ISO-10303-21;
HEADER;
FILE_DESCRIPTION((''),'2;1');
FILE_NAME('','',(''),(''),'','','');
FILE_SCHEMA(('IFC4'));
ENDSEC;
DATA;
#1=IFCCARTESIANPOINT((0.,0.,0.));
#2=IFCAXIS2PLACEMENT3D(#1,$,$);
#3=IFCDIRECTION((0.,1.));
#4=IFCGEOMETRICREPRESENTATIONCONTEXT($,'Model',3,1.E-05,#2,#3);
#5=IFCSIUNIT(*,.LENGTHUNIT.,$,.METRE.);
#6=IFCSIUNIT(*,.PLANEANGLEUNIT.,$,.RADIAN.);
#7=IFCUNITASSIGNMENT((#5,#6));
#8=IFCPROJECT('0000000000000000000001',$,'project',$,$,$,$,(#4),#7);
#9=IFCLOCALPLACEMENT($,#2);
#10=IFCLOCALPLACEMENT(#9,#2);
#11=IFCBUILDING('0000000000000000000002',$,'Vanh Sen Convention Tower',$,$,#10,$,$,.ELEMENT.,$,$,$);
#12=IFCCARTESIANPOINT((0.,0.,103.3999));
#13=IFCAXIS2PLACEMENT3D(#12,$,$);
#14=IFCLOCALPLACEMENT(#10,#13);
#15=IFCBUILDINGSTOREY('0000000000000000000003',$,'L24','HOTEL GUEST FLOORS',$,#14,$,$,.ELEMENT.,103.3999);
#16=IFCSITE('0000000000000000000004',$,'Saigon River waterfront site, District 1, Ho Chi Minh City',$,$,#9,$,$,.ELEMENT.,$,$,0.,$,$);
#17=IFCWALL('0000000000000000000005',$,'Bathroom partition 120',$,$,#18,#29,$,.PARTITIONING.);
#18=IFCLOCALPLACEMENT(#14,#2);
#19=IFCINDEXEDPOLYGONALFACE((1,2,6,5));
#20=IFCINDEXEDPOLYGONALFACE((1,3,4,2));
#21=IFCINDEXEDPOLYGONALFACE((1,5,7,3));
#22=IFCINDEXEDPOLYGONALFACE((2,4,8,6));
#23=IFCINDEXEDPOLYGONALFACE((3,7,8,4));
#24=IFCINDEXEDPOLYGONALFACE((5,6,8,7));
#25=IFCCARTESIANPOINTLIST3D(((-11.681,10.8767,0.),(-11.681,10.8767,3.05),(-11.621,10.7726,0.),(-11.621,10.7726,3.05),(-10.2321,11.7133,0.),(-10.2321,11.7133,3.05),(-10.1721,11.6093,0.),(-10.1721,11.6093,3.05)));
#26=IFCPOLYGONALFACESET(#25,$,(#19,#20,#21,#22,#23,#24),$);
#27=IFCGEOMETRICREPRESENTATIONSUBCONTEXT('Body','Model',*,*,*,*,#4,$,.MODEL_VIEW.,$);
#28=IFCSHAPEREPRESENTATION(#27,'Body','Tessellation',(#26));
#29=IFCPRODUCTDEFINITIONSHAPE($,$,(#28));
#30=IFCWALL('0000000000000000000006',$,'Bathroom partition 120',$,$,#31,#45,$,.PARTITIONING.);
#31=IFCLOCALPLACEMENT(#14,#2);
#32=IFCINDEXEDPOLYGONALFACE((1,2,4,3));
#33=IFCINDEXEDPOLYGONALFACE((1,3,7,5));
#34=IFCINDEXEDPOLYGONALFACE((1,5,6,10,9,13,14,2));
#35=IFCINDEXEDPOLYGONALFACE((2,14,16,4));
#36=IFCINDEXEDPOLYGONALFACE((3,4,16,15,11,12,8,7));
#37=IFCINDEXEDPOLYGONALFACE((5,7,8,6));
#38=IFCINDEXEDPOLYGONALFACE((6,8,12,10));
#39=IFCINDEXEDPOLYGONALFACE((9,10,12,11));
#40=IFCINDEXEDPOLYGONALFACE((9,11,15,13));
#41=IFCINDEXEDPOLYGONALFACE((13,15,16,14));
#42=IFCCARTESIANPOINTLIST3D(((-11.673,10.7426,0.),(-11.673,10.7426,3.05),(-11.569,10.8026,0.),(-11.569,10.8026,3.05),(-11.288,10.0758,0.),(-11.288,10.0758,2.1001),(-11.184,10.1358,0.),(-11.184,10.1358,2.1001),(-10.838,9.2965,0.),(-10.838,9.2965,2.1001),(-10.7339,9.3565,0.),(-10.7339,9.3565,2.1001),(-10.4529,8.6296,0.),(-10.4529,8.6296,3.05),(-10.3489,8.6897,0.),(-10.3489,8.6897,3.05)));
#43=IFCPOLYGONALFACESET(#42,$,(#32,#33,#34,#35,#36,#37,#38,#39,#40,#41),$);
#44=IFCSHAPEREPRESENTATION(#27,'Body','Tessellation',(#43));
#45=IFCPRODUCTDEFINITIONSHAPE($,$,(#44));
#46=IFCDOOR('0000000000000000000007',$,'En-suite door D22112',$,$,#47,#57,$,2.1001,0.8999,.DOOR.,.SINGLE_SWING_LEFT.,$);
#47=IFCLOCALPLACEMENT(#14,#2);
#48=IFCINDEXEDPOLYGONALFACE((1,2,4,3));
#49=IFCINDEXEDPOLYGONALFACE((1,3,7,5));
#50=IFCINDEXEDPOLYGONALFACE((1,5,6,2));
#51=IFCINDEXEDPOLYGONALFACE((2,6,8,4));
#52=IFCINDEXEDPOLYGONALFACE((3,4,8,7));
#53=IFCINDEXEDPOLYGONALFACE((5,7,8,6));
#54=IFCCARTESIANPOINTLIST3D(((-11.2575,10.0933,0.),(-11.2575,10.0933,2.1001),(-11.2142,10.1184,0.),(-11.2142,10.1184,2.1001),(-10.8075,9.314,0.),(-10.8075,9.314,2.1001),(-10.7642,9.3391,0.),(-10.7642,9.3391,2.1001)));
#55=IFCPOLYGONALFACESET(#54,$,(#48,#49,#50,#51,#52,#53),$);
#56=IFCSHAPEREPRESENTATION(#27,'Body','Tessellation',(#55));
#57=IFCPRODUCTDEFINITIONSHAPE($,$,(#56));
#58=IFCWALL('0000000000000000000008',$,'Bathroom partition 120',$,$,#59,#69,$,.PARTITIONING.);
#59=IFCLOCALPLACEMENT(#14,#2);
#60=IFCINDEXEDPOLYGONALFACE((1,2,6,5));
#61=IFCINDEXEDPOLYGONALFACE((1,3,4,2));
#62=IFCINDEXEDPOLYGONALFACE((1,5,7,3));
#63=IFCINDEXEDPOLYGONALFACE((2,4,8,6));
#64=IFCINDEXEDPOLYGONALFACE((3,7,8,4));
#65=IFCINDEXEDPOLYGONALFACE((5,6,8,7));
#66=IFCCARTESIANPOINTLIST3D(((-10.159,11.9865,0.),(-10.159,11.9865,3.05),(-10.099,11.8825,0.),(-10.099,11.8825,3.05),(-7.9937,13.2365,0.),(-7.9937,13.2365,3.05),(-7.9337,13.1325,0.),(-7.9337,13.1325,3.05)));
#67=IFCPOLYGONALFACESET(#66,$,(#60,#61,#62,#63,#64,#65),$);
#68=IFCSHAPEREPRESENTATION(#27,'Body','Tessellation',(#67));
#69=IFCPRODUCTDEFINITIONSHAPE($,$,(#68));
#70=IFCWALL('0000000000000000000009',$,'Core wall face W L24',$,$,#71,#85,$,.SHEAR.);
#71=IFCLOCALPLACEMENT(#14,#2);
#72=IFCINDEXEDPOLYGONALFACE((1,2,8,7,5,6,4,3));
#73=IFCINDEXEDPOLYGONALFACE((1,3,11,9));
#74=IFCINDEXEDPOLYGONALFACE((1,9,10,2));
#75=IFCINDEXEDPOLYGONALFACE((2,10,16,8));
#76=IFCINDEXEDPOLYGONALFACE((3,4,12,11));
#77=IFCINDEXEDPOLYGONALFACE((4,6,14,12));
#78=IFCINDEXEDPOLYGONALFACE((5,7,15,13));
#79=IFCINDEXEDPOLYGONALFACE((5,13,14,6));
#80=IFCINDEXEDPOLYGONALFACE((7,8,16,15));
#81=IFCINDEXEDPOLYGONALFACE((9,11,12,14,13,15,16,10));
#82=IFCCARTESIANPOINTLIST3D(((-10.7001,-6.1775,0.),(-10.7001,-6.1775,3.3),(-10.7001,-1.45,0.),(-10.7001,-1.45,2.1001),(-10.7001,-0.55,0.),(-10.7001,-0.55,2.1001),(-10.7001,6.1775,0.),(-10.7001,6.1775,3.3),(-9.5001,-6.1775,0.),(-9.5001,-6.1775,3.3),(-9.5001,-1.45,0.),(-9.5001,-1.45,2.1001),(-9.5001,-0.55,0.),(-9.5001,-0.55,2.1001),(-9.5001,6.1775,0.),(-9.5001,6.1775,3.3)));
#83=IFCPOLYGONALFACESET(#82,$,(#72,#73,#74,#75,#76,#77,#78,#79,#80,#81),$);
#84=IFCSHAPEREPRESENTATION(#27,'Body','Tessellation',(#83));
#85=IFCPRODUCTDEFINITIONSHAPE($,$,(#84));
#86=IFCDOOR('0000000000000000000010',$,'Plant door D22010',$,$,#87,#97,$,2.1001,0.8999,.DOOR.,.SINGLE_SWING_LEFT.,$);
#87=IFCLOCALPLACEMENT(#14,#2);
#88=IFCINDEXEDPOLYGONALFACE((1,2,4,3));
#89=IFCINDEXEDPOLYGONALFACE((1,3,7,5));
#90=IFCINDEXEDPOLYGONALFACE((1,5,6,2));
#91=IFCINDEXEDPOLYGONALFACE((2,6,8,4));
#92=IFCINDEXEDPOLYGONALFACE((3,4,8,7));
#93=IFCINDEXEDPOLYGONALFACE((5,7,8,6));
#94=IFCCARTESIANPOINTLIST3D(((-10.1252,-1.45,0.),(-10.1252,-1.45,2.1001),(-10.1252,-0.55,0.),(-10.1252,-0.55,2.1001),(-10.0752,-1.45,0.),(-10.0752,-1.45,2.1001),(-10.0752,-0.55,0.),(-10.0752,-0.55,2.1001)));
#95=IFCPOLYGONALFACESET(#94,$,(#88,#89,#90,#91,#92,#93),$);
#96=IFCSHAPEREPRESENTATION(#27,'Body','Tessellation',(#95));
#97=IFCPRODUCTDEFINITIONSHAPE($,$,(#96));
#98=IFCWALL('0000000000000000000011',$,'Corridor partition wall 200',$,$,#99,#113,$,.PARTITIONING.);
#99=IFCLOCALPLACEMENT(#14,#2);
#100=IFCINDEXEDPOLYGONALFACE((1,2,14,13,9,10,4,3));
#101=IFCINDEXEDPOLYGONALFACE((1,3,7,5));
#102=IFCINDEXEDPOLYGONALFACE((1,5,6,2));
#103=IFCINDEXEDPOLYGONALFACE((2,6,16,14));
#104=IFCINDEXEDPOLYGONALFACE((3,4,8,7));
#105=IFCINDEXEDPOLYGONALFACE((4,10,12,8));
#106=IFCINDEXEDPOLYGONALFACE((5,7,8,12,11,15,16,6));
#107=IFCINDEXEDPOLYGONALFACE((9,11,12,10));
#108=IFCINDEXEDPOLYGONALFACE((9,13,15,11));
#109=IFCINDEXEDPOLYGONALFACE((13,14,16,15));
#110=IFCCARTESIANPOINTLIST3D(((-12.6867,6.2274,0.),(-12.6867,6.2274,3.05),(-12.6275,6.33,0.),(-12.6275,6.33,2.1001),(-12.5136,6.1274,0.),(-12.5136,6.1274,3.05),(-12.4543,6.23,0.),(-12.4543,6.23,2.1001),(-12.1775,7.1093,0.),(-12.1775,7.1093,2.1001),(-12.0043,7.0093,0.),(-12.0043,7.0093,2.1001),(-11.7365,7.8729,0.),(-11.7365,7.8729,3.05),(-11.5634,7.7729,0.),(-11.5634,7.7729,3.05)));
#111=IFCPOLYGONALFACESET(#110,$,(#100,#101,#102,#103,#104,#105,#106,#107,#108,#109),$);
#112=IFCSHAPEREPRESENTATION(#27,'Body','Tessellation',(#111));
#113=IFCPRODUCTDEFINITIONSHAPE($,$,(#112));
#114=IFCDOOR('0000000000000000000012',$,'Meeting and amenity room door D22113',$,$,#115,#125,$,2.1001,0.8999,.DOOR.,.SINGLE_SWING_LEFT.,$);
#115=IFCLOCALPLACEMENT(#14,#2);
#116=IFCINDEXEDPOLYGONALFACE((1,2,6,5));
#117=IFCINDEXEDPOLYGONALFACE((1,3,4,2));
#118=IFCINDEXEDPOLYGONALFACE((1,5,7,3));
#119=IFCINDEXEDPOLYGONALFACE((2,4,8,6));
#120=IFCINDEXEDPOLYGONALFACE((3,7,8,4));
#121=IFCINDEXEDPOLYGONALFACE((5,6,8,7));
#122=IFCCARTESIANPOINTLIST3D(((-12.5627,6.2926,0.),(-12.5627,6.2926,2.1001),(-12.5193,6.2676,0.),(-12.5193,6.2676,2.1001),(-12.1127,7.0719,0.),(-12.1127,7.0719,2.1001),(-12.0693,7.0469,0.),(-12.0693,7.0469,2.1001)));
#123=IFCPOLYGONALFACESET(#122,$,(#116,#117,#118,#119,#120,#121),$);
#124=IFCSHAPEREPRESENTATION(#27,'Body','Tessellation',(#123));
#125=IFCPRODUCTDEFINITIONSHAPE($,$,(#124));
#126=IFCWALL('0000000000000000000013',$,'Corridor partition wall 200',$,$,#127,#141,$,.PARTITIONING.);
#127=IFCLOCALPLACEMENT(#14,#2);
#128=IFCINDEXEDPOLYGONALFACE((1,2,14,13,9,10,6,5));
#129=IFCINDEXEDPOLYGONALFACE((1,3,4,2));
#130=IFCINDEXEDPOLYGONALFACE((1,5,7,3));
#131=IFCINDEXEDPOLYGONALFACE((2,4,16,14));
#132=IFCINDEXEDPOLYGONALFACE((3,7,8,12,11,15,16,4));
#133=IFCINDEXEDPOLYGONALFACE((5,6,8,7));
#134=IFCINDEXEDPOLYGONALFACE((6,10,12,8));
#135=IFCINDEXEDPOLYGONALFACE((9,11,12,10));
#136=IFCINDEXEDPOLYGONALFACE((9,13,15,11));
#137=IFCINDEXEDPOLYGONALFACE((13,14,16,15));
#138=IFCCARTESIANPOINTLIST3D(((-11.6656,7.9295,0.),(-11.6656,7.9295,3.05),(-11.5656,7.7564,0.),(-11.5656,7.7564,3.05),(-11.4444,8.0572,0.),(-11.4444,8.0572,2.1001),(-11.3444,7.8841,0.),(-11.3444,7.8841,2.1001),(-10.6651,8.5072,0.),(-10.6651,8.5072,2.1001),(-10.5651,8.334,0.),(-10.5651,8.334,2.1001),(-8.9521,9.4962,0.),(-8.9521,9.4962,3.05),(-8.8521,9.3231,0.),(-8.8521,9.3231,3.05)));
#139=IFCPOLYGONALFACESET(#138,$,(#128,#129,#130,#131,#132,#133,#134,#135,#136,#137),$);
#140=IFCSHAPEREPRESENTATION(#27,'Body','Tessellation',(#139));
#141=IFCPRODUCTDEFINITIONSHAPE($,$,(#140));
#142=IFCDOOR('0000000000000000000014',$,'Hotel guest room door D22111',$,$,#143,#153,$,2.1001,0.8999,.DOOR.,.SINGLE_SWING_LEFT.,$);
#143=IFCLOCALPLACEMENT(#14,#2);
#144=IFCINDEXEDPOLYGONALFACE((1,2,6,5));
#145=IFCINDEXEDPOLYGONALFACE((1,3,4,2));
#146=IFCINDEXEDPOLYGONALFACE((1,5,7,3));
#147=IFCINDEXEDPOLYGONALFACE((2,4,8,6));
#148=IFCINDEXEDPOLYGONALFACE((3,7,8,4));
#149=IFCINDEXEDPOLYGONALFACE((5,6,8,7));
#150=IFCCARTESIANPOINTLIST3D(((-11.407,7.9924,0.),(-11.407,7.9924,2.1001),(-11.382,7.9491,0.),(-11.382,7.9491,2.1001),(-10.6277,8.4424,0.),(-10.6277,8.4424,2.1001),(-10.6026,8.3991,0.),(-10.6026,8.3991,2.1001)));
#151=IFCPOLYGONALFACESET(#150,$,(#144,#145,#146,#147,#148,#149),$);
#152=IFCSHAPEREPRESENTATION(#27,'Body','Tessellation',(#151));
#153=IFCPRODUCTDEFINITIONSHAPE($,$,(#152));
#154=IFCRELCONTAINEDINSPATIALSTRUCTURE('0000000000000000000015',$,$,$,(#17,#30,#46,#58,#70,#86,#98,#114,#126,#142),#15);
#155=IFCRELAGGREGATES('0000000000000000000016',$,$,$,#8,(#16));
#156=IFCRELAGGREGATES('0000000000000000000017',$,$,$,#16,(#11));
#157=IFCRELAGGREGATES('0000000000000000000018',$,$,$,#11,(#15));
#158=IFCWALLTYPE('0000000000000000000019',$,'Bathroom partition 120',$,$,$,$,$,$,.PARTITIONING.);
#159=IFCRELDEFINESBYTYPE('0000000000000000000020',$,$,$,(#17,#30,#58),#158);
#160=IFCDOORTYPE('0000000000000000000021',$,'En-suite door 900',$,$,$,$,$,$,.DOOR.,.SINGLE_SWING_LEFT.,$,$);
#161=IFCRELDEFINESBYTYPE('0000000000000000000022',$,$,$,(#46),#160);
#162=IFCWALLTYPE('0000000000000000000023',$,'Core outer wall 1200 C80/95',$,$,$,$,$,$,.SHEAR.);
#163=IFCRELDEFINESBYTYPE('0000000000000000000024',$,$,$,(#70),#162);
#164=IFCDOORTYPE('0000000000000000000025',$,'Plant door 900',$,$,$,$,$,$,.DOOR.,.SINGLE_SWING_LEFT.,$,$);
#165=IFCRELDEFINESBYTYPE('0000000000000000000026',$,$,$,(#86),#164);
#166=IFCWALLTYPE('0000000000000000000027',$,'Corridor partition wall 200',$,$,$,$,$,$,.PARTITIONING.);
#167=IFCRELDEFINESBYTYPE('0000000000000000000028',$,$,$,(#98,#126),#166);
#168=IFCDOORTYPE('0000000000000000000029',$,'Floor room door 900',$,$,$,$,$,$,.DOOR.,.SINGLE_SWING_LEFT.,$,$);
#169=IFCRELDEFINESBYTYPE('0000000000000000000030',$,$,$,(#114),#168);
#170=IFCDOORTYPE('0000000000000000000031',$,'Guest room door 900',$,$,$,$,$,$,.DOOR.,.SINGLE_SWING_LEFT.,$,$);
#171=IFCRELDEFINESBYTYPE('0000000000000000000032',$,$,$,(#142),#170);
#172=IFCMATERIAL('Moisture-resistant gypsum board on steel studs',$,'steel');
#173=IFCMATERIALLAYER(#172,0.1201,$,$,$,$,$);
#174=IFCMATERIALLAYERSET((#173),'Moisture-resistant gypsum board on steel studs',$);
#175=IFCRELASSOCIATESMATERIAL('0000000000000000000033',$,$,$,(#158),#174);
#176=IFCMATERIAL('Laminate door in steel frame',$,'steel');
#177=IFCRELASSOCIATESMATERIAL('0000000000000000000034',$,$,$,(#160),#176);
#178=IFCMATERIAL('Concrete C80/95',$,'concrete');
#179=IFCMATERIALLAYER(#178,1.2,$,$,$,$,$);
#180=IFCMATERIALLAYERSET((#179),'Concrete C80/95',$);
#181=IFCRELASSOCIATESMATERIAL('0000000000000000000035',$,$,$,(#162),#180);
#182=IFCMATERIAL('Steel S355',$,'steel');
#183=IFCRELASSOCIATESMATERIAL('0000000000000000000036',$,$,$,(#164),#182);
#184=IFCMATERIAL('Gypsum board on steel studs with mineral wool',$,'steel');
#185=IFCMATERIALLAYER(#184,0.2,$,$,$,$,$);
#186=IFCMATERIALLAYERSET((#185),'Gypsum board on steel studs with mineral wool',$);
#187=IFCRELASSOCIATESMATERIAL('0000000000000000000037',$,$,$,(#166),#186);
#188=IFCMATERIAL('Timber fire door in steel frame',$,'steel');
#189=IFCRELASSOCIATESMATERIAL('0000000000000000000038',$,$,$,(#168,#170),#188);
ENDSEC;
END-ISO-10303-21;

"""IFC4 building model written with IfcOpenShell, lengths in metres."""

from ifc_helpers import new_model, si_unit, direction, frame, frame_2d, origin, place, context, subcontext, project, spatial, rectangle, extrude, material, layer, layer_set, type_object, element, fill, save


model = new_model("IFC4")

# Units and contexts
model_context = context("Model", 3, precision=1e-05, world=origin(), true_north=direction((0.0, 1.0)))
body_context = subcontext(model_context, "Body", "Model", "MODEL_VIEW")
ifc_project = project(units=[si_unit("LENGTHUNIT", "METRE"), si_unit("PLANEANGLEUNIT", "RADIAN")], contexts=[model_context])

# Site, building, storey
site_placement = place(None, origin())
site = spatial("IfcSite", under=ifc_project, at=site_placement, Name="Saigon River waterfront site, District 1, Ho Chi Minh City", CompositionType="ELEMENT", RefElevation=0.0)
building_placement = place(site_placement, origin())
building = spatial("IfcBuilding", under=site, at=building_placement, Name="Vanh Sen Convention Tower", CompositionType="ELEMENT")
storey_placement = place(building_placement, frame((0.0, 0.0, 103.3999)))
storey = spatial("IfcBuildingStorey", under=building, at=storey_placement, Name="L24", Description="HOTEL GUEST FLOORS", CompositionType="ELEMENT", Elevation=103.3999)

# Wall
ifc_material_1 = material(Name="Moisture-resistant gypsum board on steel studs", Category="steel")
ifc_layer_1 = layer(ifc_material_1, 0.1201)
ifc_layer_set_1 = layer_set([ifc_layer_1], Name="Moisture-resistant gypsum board on steel studs")
wall_type_1 = type_object("IfcWallType", Name="Bathroom partition 120", PredefinedType="PARTITIONING", material=ifc_layer_set_1)
wall_1_placement = place(storey_placement, frame((-11.6509, 10.8247, 0.0), z_axis=(0.0, 0.0, 1.0), x_axis=(0.865998, 0.500047, 0.0)))
element("IfcWall", 1, at=wall_1_placement, inside=storey, type_object=wall_type_1, Name="Bathroom partition 120", PredefinedType="PARTITIONING", context=body_context, shape_type="SweptSolid", body=[
    extrude(rectangle(XDim=1.6731, YDim=0.1201, at=frame_2d((0.8364, 0.0))), origin(), (0.0, 0.0, 1.0), 3.05),
])

# Wall, opening, door
wall_2_placement = place(storey_placement, frame((-10.4009, 8.6597, 0.0), z_axis=(0.0, 0.0, 1.0), x_axis=(-0.500078, 0.865981, 0.0)))
wall_2 = element("IfcWall", 2, at=wall_2_placement, inside=storey, type_object=wall_type_1, Name="Bathroom partition 120", PredefinedType="PARTITIONING", context=body_context, shape_type="SweptSolid", body=[
    extrude(rectangle(XDim=2.4399, YDim=0.1201, at=frame_2d((1.22, 0.0))), origin(), (0.0, 0.0, 1.0), 3.05),
])
opening_1_placement = place(wall_2_placement, frame((0.77, 0.0, 0.0)))
opening_1 = element("IfcOpeningElement", 3, at=opening_1_placement, cuts=wall_2, PredefinedType="OPENING", context=body_context, shape_type="SweptSolid", body=[
    extrude(rectangle(XDim=0.8999, YDim=2.1001, at=frame_2d((0.45, 1.05))), frame((0.0, 0.0701, 0.0), z_axis=(0.0, -1.0, 0.0), x_axis=(1.0, 0.0, 0.0)), (0.0, 0.0, 1.0), 0.1401),
])
ifc_material_2 = material(Name="Laminate door in steel frame", Category="steel")
door_type_1 = type_object("IfcDoorType", Name="En-suite door 900", OperationType="SINGLE_SWING_LEFT", PredefinedType="DOOR", material=ifc_material_2)
door_1_placement = place(opening_1_placement, origin())
door_1 = element("IfcDoor", 4, at=door_1_placement, inside=storey, type_object=door_type_1, Name="En-suite door D22112", OperationType="SINGLE_SWING_LEFT", OverallHeight=2.1001, OverallWidth=0.8999, PredefinedType="DOOR", context=body_context, shape_type="SweptSolid", body=[
    extrude(rectangle(XDim=0.8999, YDim=2.1001, at=frame_2d((0.45, 1.05))), frame((0.0, 0.0249, 0.0), z_axis=(0.0, -1.0, 0.0), x_axis=(1.0, 0.0, 0.0)), (0.0, 0.0, 1.0), 0.05),
])
fill(opening_1, door_1)

# Wall
wall_3_placement = place(storey_placement, frame((-10.1289, 11.9346, 0.0), z_axis=(0.0, 0.0, 1.0), x_axis=(0.866047, 0.499962, 0.0)))
element("IfcWall", 5, at=wall_3_placement, inside=storey, type_object=wall_type_1, Name="Bathroom partition 120", PredefinedType="PARTITIONING", context=body_context, shape_type="SweptSolid", body=[
    extrude(rectangle(XDim=2.5002, YDim=0.1201, at=frame_2d((1.25, 0.0))), origin(), (0.0, 0.0, 1.0), 3.05),
])

# Walls, openings, doors
ifc_material_3 = material(Name="Concrete C80/95", Category="concrete")
ifc_layer_2 = layer(ifc_material_3, 1.2)
ifc_layer_set_2 = layer_set([ifc_layer_2], Name="Concrete C80/95")
wall_type_2 = type_object("IfcWallType", Name="Core outer wall 1200 C80/95", PredefinedType="SHEAR", material=ifc_layer_set_2)
wall_4_placement = place(storey_placement, frame((-10.1001, 6.1775, 0.0), z_axis=(0.0, 0.0, 1.0), x_axis=(0.0, -1.0, 0.0)))
wall_4 = element("IfcWall", 6, at=wall_4_placement, inside=storey, type_object=wall_type_2, Name="Core wall face W L24", PredefinedType="SHEAR", context=body_context, shape_type="SweptSolid", body=[
    extrude(rectangle(XDim=12.355, YDim=1.2, at=frame_2d((6.1775, 0.0))), origin(), (0.0, 0.0, 1.0), 3.3),
])
opening_2_placement = place(wall_4_placement, frame((6.7275, 0.0, 0.0)))
opening_2 = element("IfcOpeningElement", 7, at=opening_2_placement, cuts=wall_4, PredefinedType="OPENING", context=body_context, shape_type="SweptSolid", body=[
    extrude(rectangle(XDim=0.8999, YDim=2.1001, at=frame_2d((0.45, 1.05))), frame((0.0, 0.6099, 0.0), z_axis=(0.0, -1.0, 0.0), x_axis=(1.0, 0.0, 0.0)), (0.0, 0.0, 1.0), 1.22),
])
ifc_material_4 = material(Name="Steel S355", Category="steel")
door_type_2 = type_object("IfcDoorType", Name="Plant door 900", OperationType="SINGLE_SWING_LEFT", PredefinedType="DOOR", material=ifc_material_4)
door_2_placement = place(opening_2_placement, origin())
door_2 = element("IfcDoor", 8, at=door_2_placement, inside=storey, type_object=door_type_2, Name="Plant door D22010", OperationType="SINGLE_SWING_LEFT", OverallHeight=2.1001, OverallWidth=0.8999, PredefinedType="DOOR", context=body_context, shape_type="SweptSolid", body=[
    extrude(rectangle(XDim=0.8999, YDim=2.1001, at=frame_2d((0.45, 1.05))), frame((0.0, 0.0249, 0.0), z_axis=(0.0, -1.0, 0.0), x_axis=(1.0, 0.0, 0.0)), (0.0, 0.0, 1.0), 0.05),
])
fill(opening_2, door_2)
ifc_material_5 = material(Name="Gypsum board on steel studs with mineral wool", Category="steel")
ifc_layer_3 = layer(ifc_material_5, 0.2)
ifc_layer_set_3 = layer_set([ifc_layer_3], Name="Gypsum board on steel studs with mineral wool")
wall_type_3 = type_object("IfcWallType", Name="Corridor partition wall 200", PredefinedType="PARTITIONING", material=ifc_layer_set_3)
wall_5_placement = place(storey_placement, frame((-11.6499, 7.823, 0.0), z_axis=(0.0, 0.0, 1.0), x_axis=(-0.500064, -0.865989, 0.0)))
wall_5 = element("IfcWall", 9, at=wall_5_placement, inside=storey, type_object=wall_type_3, Name="Corridor partition wall 200", PredefinedType="PARTITIONING", context=body_context, shape_type="SweptSolid", body=[
    extrude(rectangle(XDim=1.9001, YDim=0.2, at=frame_2d((0.9502, 0.0))), origin(), (0.0, 0.0, 1.0), 3.05),
])
opening_3_placement = place(wall_5_placement, frame((0.8818, 0.0, 0.0)))
opening_3 = element("IfcOpeningElement", 10, at=opening_3_placement, cuts=wall_5, PredefinedType="OPENING", context=body_context, shape_type="SweptSolid", body=[
    extrude(rectangle(XDim=0.8999, YDim=2.1001, at=frame_2d((0.45, 1.05))), frame((0.0, 0.1099, 0.0), z_axis=(0.0, -1.0, 0.0), x_axis=(1.0, 0.0, 0.0)), (0.0, 0.0, 1.0), 0.22),
])
ifc_material_6 = material(Name="Timber fire door in steel frame", Category="steel")
door_type_3 = type_object("IfcDoorType", Name="Floor room door 900", OperationType="SINGLE_SWING_LEFT", PredefinedType="DOOR", material=ifc_material_6)
door_3_placement = place(opening_3_placement, origin())
door_3 = element("IfcDoor", 11, at=door_3_placement, inside=storey, type_object=door_type_3, Name="Meeting and amenity room door D22113", OperationType="SINGLE_SWING_LEFT", OverallHeight=2.1001, OverallWidth=0.8999, PredefinedType="DOOR", context=body_context, shape_type="SweptSolid", body=[
    extrude(rectangle(XDim=0.8999, YDim=2.1001, at=frame_2d((0.45, 1.05))), frame((0.0, 0.0249, 0.0), z_axis=(0.0, -1.0, 0.0), x_axis=(1.0, 0.0, 0.0)), (0.0, 0.0, 1.0), 0.05),
])
fill(opening_3, door_3)
wall_6_placement = place(storey_placement, frame((-8.9021, 9.4097, 0.0), z_axis=(0.0, 0.0, 1.0), x_axis=(-0.866014, -0.500019, 0.0)))
wall_6 = element("IfcWall", 12, at=wall_6_placement, inside=storey, type_object=wall_type_3, Name="Corridor partition wall 200", PredefinedType="PARTITIONING", context=body_context, shape_type="SweptSolid", body=[
    extrude(rectangle(XDim=3.1333, YDim=0.2, at=frame_2d((1.5667, 0.0))), origin(), (0.0, 0.0, 1.0), 3.05),
])
opening_4_placement = place(wall_6_placement, frame((1.978, 0.0, 0.0)))
opening_4 = element("IfcOpeningElement", 13, at=opening_4_placement, cuts=wall_6, PredefinedType="OPENING", context=body_context, shape_type="SweptSolid", body=[
    extrude(rectangle(XDim=0.8999, YDim=2.1001, at=frame_2d((0.45, 1.05))), frame((0.0, 0.1099, 0.0), z_axis=(0.0, -1.0, 0.0), x_axis=(1.0, 0.0, 0.0)), (0.0, 0.0, 1.0), 0.22),
])
door_type_4 = type_object("IfcDoorType", Name="Guest room door 900", OperationType="SINGLE_SWING_LEFT", PredefinedType="DOOR", material=ifc_material_6)
door_4_placement = place(opening_4_placement, origin())
door_4 = element("IfcDoor", 14, at=door_4_placement, inside=storey, type_object=door_type_4, Name="Hotel guest room door D22111", OperationType="SINGLE_SWING_LEFT", OverallHeight=2.1001, OverallWidth=0.8999, PredefinedType="DOOR", context=body_context, shape_type="SweptSolid", body=[
    extrude(rectangle(XDim=0.8999, YDim=2.1001, at=frame_2d((0.45, 1.05))), frame((0.0, 0.0249, 0.0), z_axis=(0.0, -1.0, 0.0), x_axis=(1.0, 0.0, 0.0)), (0.0, 0.0, 1.0), 0.05),
])
fill(opening_4, door_4)

save(model, "model.ifc")
